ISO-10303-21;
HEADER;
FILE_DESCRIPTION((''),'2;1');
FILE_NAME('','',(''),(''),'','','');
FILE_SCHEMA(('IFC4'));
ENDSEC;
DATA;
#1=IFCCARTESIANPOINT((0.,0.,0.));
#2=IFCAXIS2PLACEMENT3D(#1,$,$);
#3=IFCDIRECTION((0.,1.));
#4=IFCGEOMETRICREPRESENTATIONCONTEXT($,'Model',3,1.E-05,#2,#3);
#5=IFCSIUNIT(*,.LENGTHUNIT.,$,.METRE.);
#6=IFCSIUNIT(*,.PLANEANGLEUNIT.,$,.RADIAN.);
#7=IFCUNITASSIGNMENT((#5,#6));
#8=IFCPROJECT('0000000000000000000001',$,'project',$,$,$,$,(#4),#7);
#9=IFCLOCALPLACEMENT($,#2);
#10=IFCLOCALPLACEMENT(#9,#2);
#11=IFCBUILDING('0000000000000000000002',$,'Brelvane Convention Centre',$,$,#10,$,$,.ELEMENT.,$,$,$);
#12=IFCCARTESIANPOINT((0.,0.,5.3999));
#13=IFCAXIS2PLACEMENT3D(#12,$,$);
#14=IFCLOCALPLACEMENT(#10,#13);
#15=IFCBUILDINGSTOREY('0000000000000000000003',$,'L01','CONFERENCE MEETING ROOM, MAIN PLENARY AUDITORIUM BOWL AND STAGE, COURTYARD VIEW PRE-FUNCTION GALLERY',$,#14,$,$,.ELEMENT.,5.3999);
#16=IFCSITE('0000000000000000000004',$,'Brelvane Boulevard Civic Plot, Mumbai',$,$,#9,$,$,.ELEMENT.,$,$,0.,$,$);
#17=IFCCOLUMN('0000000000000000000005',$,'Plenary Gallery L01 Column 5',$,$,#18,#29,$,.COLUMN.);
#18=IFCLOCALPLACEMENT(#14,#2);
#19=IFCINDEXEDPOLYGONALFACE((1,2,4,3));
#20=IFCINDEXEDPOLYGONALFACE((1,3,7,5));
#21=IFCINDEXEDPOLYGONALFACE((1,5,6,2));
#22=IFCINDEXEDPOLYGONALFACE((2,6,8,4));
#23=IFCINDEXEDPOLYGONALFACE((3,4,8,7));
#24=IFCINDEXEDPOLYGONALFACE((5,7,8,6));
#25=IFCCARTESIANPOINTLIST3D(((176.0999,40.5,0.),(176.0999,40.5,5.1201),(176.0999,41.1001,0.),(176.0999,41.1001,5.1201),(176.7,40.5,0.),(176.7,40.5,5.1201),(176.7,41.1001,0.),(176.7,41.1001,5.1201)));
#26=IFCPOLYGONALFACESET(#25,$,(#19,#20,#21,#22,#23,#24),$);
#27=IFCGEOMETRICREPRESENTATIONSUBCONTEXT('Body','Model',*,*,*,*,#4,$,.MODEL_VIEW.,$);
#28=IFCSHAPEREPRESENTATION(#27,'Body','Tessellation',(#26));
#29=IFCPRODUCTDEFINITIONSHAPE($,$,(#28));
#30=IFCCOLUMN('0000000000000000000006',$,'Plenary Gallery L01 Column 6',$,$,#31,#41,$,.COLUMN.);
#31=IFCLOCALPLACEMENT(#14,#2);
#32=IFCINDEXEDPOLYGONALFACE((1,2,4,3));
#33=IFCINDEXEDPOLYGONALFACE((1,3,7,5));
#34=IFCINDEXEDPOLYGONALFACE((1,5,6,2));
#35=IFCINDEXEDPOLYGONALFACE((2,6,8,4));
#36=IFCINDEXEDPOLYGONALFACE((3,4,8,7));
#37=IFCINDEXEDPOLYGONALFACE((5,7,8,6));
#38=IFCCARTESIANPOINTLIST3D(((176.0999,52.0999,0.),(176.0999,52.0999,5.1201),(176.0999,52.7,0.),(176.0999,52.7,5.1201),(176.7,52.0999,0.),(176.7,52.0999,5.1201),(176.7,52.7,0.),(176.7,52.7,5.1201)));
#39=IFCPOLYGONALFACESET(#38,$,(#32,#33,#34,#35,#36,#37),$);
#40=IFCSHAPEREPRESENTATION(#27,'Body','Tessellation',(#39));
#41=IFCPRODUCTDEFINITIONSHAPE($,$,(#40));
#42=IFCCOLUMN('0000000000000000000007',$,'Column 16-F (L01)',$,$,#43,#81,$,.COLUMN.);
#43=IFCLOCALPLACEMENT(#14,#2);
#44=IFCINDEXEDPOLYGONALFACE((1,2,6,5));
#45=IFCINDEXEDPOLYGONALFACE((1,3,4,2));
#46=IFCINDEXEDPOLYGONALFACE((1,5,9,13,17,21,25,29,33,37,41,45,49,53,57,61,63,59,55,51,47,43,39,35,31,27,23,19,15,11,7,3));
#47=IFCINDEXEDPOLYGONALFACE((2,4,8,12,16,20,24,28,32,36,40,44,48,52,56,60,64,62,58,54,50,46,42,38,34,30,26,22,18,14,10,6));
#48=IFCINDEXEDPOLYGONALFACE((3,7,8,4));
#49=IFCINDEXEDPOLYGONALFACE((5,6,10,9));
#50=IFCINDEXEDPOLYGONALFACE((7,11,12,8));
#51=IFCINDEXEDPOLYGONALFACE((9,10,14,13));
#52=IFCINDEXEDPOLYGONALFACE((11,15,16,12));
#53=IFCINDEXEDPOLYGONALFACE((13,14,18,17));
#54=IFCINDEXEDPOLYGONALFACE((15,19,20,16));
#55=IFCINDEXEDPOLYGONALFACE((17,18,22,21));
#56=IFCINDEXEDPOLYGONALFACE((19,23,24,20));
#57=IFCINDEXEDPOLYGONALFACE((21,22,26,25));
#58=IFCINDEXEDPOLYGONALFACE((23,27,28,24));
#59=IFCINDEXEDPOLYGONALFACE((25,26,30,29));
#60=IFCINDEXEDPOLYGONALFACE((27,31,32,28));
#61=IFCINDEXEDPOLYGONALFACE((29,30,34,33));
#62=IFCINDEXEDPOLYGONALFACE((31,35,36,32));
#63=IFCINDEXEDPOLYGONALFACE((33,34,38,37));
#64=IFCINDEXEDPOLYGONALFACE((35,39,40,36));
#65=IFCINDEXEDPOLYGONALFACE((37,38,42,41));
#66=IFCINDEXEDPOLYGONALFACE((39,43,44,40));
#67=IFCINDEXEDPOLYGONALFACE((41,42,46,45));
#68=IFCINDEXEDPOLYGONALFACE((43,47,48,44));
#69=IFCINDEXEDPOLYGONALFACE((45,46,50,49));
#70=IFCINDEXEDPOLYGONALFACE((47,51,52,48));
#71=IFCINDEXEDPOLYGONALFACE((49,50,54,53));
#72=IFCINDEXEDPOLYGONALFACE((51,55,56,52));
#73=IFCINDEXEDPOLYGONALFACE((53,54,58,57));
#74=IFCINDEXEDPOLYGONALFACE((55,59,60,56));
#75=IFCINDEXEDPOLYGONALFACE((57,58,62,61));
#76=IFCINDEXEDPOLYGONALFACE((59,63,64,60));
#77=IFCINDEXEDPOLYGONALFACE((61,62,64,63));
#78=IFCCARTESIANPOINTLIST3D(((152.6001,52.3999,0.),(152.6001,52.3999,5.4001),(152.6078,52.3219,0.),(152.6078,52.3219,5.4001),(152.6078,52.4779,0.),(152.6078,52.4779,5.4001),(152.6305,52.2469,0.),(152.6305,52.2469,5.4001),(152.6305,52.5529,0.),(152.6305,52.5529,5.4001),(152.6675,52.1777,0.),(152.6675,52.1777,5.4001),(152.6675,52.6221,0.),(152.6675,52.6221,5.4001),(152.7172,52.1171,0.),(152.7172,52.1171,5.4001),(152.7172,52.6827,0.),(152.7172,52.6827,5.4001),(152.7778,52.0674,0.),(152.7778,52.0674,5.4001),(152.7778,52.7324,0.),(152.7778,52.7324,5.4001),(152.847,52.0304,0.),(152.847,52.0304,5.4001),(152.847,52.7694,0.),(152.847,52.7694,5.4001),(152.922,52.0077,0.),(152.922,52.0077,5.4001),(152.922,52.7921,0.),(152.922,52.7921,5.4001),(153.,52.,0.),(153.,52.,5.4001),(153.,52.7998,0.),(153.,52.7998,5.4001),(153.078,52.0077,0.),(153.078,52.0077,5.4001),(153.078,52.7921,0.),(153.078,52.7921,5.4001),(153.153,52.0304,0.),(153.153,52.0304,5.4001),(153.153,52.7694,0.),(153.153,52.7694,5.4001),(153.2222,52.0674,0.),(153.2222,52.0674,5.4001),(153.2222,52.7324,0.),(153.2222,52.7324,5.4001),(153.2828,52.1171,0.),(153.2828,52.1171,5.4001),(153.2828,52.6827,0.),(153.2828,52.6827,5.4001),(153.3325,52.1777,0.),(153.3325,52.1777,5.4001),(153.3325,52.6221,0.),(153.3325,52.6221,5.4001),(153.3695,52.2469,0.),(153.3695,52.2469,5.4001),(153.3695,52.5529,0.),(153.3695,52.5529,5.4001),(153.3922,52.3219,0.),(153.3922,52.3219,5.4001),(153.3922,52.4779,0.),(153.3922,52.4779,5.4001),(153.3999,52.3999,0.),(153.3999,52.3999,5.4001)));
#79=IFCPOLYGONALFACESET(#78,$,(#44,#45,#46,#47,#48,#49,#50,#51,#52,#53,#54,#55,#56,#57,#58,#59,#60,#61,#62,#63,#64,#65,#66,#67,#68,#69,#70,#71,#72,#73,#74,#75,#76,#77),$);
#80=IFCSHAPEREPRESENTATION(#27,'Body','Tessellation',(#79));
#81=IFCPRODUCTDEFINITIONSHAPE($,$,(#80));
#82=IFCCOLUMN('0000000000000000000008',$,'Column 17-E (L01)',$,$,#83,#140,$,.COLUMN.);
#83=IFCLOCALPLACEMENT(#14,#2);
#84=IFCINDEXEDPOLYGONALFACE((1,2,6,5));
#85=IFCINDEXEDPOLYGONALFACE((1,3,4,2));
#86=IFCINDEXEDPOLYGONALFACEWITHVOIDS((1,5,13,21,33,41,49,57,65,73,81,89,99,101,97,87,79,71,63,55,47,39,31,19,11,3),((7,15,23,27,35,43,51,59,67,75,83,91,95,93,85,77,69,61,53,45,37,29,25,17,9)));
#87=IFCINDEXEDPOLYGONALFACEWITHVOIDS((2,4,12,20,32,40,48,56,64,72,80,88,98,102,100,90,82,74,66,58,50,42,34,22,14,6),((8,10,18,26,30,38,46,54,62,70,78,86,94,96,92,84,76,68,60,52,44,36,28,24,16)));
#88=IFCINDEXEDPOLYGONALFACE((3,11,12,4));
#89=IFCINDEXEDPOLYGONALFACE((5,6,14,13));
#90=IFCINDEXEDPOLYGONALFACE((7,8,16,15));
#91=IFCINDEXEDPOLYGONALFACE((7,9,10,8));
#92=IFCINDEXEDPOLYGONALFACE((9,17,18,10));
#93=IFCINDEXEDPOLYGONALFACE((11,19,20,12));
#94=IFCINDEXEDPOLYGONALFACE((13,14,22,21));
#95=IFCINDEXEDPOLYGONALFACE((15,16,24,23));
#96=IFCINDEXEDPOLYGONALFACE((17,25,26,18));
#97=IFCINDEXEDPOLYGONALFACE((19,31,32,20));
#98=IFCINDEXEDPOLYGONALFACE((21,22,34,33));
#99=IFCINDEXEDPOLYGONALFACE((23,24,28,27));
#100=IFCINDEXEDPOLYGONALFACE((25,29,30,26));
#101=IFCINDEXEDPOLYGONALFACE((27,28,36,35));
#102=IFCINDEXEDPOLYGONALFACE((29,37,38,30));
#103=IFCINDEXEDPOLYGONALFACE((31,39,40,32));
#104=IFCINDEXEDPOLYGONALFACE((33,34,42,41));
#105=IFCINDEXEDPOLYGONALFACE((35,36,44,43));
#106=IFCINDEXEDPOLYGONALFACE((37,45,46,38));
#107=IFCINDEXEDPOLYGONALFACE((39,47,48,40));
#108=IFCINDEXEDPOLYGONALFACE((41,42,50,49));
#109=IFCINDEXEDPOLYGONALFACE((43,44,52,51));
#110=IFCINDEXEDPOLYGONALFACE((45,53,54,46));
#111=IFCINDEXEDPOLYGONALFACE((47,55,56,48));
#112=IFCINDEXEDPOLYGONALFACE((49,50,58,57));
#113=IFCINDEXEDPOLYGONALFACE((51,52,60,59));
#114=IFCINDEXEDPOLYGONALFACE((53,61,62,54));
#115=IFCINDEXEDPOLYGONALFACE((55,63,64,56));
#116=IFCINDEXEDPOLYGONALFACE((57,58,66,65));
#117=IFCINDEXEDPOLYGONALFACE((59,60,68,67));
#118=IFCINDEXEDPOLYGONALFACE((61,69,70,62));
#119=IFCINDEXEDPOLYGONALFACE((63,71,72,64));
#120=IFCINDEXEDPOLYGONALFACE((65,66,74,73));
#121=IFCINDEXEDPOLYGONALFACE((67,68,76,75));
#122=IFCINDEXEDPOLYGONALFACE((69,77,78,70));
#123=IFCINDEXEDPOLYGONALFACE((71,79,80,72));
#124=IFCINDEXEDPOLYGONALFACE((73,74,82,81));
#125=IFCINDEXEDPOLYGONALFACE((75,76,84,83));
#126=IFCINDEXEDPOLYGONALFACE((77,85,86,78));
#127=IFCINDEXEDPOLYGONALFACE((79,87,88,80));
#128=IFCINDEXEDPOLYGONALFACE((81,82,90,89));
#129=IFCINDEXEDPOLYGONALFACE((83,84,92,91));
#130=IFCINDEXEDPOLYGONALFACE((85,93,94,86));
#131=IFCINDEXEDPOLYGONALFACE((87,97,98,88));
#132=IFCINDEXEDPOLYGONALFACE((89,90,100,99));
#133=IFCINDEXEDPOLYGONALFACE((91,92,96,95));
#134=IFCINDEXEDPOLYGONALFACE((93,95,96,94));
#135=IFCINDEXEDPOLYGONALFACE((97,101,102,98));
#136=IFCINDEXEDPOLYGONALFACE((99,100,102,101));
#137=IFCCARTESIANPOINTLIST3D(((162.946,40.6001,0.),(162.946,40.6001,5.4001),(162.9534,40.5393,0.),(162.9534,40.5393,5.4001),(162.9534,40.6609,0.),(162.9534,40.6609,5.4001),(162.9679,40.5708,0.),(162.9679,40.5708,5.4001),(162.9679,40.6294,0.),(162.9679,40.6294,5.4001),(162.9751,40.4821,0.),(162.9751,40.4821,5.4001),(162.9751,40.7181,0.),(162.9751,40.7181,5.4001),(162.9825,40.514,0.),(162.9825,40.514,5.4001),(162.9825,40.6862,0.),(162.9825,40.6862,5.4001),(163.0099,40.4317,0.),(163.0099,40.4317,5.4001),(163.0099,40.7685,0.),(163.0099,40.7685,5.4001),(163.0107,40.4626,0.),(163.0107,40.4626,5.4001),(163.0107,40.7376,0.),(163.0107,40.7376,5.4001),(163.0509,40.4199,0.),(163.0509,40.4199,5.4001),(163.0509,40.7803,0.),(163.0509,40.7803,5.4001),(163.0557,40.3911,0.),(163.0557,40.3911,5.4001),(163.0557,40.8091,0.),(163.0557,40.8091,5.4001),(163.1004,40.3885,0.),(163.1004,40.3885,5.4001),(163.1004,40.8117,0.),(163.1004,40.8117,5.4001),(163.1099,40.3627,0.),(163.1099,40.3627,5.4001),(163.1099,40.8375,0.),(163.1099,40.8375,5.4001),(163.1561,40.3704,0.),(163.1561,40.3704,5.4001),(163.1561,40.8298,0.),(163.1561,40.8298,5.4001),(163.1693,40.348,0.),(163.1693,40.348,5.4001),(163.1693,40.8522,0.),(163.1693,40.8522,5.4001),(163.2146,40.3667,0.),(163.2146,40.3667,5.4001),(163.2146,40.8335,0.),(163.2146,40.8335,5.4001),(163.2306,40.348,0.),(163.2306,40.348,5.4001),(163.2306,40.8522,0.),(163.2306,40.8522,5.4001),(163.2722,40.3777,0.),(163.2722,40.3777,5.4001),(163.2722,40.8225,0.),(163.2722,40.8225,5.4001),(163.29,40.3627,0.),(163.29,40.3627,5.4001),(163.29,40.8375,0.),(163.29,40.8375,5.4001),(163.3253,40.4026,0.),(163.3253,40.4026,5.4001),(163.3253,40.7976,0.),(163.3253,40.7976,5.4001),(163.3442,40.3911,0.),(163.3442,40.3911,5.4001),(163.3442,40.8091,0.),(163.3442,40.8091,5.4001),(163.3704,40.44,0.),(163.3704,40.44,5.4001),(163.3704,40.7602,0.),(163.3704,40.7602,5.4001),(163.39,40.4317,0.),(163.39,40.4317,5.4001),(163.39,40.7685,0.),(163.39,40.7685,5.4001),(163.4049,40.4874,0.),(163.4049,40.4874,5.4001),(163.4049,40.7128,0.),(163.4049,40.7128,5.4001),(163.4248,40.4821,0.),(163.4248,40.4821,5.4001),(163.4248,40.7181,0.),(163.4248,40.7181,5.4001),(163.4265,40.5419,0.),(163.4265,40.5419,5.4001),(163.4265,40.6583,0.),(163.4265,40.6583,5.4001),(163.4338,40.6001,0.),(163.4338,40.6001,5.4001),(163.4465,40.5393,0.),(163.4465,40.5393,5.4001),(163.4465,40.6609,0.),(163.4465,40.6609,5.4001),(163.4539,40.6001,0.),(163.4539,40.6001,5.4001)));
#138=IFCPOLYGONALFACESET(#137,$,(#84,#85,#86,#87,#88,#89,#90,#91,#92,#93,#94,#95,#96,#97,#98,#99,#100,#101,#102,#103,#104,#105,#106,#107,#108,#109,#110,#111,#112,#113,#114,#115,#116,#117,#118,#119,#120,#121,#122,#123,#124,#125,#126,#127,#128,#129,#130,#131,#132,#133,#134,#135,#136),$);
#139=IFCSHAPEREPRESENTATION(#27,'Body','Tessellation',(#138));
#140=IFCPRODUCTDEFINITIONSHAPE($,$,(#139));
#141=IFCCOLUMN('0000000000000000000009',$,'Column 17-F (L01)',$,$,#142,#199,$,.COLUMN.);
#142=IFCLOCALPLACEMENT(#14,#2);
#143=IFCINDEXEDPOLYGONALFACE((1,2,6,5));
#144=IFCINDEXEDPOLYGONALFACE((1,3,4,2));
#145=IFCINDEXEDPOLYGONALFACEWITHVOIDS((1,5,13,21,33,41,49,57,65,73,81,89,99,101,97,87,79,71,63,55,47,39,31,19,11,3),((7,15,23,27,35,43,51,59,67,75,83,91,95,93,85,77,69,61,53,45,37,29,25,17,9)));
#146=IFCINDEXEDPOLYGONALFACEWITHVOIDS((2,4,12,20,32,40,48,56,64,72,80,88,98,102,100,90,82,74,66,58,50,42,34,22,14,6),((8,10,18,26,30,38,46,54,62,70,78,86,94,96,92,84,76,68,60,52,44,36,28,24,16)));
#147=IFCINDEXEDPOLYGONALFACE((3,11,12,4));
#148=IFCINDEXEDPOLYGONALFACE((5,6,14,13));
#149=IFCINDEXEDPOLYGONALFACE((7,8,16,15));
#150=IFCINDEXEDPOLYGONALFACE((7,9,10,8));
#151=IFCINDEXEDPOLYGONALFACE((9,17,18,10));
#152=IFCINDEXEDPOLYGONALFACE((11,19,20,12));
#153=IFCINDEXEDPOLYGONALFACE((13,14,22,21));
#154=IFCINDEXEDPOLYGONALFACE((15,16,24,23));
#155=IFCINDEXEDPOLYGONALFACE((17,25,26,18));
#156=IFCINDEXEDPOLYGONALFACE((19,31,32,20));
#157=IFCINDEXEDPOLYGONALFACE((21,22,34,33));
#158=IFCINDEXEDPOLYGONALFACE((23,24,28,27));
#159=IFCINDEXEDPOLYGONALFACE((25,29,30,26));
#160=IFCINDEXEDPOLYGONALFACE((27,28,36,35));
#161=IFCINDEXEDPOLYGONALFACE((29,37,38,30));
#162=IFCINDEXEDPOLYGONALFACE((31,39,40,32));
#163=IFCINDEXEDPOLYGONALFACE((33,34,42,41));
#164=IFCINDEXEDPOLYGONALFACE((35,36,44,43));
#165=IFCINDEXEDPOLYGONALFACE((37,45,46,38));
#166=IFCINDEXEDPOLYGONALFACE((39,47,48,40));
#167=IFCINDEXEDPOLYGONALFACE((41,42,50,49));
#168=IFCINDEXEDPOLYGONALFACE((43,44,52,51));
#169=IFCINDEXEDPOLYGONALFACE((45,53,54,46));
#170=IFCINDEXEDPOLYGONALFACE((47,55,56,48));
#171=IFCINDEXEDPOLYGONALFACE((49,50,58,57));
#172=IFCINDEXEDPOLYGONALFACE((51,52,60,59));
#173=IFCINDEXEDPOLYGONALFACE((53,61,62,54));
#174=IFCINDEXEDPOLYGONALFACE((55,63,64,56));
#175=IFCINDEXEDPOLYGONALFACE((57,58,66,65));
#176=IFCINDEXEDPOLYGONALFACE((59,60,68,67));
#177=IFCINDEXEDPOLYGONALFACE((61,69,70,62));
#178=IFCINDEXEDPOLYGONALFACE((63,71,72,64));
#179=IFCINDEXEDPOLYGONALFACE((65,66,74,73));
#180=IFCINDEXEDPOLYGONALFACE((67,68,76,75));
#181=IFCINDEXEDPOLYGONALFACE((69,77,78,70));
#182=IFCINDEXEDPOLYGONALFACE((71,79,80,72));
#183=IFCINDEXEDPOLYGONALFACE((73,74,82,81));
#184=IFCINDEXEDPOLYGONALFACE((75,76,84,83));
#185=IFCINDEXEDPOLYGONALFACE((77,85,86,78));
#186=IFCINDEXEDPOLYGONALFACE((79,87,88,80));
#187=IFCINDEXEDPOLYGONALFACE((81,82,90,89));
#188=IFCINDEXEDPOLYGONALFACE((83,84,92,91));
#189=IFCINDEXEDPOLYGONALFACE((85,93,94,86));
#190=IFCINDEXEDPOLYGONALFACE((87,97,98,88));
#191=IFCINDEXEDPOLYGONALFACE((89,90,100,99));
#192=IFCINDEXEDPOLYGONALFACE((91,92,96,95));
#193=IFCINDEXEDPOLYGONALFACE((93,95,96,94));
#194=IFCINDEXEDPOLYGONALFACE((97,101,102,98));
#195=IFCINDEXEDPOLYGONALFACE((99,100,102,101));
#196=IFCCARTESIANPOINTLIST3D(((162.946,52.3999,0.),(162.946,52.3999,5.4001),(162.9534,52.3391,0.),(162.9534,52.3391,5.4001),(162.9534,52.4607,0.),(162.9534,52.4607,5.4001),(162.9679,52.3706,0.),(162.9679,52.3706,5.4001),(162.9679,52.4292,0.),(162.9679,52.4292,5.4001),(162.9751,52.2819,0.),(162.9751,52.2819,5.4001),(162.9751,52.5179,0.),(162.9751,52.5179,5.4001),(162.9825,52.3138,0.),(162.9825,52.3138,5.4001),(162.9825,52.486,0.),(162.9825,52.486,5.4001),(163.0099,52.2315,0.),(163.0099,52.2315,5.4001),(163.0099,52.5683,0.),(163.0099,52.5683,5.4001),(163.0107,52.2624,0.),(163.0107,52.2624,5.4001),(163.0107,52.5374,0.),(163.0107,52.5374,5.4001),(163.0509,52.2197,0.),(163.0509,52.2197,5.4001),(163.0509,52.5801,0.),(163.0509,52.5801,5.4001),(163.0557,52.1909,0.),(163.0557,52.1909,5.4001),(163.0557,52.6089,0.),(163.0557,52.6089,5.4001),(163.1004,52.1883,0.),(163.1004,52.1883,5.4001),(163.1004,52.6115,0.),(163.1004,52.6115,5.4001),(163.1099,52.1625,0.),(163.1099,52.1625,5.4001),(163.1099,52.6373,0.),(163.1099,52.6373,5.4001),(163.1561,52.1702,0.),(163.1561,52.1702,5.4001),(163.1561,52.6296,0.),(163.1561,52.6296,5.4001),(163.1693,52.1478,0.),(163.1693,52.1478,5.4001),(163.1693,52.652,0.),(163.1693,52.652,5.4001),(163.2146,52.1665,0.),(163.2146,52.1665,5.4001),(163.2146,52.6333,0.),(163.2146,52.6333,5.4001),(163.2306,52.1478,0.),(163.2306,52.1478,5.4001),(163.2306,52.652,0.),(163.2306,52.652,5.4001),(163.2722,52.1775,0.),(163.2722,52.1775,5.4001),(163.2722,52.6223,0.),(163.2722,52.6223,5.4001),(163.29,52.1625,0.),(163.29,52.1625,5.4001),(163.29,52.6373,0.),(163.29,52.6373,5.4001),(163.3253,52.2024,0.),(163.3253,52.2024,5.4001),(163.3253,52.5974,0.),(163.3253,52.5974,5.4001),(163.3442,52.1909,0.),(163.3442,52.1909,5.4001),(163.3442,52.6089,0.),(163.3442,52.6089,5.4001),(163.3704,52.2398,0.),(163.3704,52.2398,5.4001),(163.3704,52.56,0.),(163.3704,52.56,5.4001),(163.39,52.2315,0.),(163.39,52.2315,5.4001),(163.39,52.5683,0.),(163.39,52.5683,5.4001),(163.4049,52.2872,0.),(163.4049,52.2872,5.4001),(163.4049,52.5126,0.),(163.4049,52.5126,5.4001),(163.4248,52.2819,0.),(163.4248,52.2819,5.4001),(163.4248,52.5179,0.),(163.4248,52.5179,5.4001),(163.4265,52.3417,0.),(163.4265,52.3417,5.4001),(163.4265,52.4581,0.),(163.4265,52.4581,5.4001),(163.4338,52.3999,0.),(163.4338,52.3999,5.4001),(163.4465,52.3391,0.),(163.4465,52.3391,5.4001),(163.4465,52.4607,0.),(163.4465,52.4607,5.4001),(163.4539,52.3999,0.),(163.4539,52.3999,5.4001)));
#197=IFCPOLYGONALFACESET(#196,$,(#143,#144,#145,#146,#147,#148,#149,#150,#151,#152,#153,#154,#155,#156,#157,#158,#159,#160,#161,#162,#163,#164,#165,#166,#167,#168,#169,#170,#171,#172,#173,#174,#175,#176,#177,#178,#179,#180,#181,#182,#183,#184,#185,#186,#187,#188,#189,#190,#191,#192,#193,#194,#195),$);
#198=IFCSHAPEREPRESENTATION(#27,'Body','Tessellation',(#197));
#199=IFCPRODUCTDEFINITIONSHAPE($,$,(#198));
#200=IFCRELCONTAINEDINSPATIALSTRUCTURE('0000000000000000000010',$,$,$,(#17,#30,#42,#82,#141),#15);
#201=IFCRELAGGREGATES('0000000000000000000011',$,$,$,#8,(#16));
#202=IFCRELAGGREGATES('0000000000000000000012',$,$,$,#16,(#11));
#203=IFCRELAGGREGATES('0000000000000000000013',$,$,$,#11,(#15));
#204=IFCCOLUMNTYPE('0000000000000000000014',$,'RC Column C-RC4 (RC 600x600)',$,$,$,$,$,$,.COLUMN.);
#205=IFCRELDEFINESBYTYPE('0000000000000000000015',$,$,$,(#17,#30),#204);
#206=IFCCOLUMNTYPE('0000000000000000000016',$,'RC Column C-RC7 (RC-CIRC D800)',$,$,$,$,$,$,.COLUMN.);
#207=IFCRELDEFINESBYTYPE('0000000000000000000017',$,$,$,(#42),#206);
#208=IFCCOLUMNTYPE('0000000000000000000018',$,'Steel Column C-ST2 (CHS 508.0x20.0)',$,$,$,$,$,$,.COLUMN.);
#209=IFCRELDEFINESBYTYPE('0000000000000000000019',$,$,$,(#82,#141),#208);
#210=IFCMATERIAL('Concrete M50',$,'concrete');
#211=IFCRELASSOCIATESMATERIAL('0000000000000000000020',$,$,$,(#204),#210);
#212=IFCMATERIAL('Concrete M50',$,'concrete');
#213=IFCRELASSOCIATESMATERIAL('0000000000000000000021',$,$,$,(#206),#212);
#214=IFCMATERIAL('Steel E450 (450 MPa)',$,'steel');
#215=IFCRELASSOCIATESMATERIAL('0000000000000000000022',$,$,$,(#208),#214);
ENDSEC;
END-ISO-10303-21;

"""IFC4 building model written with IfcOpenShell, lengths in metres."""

from ifc_helpers import new_model, si_unit, direction, frame, origin, origin_2d, place, context, subcontext, project, spatial, rectangle, circle, hollow_circle, extrude, material, material_profile, profile_set, type_object, element, save


model = new_model("IFC4")

# Units and contexts
model_context = context("Model", 3, precision=1e-05, world=origin(), true_north=direction((0.0, 1.0)))
body_context = subcontext(model_context, "Body", "Model", "MODEL_VIEW")
ifc_project = project(units=[si_unit("LENGTHUNIT", "METRE"), si_unit("PLANEANGLEUNIT", "RADIAN")], contexts=[model_context])

# Site, building, storey
site_placement = place(None, origin())
site = spatial("IfcSite", under=ifc_project, at=site_placement, Name="Brelvane Boulevard Civic Plot, Mumbai", CompositionType="ELEMENT", RefElevation=0.0)
building_placement = place(site_placement, origin())
building = spatial("IfcBuilding", under=site, at=building_placement, Name="Brelvane Convention Centre", CompositionType="ELEMENT")
storey_placement = place(building_placement, frame((0.0, 0.0, 5.3999)))
storey = spatial("IfcBuildingStorey", under=building, at=storey_placement, Name="L01", Description="CONFERENCE MEETING ROOM, MAIN PLENARY AUDITORIUM BOWL AND STAGE, COURTYARD VIEW PRE-FUNCTION GALLERY", CompositionType="ELEMENT", Elevation=5.3999)

# Columns
ifc_material_1 = material(Name="Concrete M50", Category="concrete")
ifc_material_profile_1 = material_profile(ifc_material_1, rectangle(XDim=0.6001, YDim=0.6001, at=origin_2d()), Name="RC 600x600")
ifc_profile_set_1 = profile_set([ifc_material_profile_1], Name="Concrete M50")
column_type_1 = type_object("IfcColumnType", Name="RC Column C-RC4 (RC 600x600)", PredefinedType="COLUMN", material=ifc_profile_set_1)
for number, where, z_axis, x_axis, name in (
    (1, (176.3999, 40.8, 0.0), (0.0, 0.0, 1.0), (1.0, 0.0, 0.0), "Plenary Gallery L01 Column 5"),
    (2, (176.3999, 52.3999, 0.0), (0.0, 0.0, 1.0), (1.0, 0.0, 0.0), "Plenary Gallery L01 Column 6"),
):
    element("IfcColumn", number, at=place(storey_placement, frame(where, z_axis=z_axis, x_axis=x_axis)), inside=storey, type_object=column_type_1, Name=name, PredefinedType="COLUMN", context=body_context, shape_type="SweptSolid", body=[
        extrude(rectangle(XDim=0.6001, YDim=0.6001, at=origin_2d()), origin(), (0.0, 0.0, 1.0), 5.1201),
    ])
ifc_material_2 = material(Name="Concrete M50", Category="concrete")
ifc_material_profile_2 = material_profile(ifc_material_2, circle(Radius=0.3999, at=origin_2d()), Name="RC-CIRC D800")
ifc_profile_set_2 = profile_set([ifc_material_profile_2], Name="Concrete M50")
column_type_2 = type_object("IfcColumnType", Name="RC Column C-RC7 (RC-CIRC D800)", PredefinedType="COLUMN", material=ifc_profile_set_2)
column_1_placement = place(storey_placement, frame((153.0, 52.3999, 0.0), z_axis=(0.0, 0.0, 1.0), x_axis=(1.0, 0.0, 0.0)))
element("IfcColumn", 3, at=column_1_placement, inside=storey, type_object=column_type_2, Name="Column 16-F (L01)", PredefinedType="COLUMN", context=body_context, shape_type="SweptSolid", body=[
    extrude(circle(Radius=0.3999, at=origin_2d()), origin(), (0.0, 0.0, 1.0), 5.4001),
])
ifc_material_3 = material(Name="Steel E450 (450 MPa)", Category="steel")
ifc_material_profile_3 = material_profile(ifc_material_3, hollow_circle(Radius=0.2539, WallThickness=0.02, at=origin_2d()), Name="CHS 508.0x20.0")
ifc_profile_set_3 = profile_set([ifc_material_profile_3], Name="Steel E450 (450 MPa)")
column_type_3 = type_object("IfcColumnType", Name="Steel Column C-ST2 (CHS 508.0x20.0)", PredefinedType="COLUMN", material=ifc_profile_set_3)
for number, where, z_axis, x_axis, name in (
    (4, (163.2, 40.6001, 0.0), (0.0, 0.0, 1.0), (1.0, 0.0, 0.0), "Column 17-E (L01)"),
    (5, (163.2, 52.3999, 0.0), (0.0, 0.0, 1.0), (1.0, 0.0, 0.0), "Column 17-F (L01)"),
):
    element("IfcColumn", number, at=place(storey_placement, frame(where, z_axis=z_axis, x_axis=x_axis)), inside=storey, type_object=column_type_3, Name=name, PredefinedType="COLUMN", context=body_context, shape_type="SweptSolid", body=[
        extrude(hollow_circle(Radius=0.2539, WallThickness=0.02, at=origin_2d()), origin(), (0.0, 0.0, 1.0), 5.4001),
    ])

save(model, "model.ifc")
